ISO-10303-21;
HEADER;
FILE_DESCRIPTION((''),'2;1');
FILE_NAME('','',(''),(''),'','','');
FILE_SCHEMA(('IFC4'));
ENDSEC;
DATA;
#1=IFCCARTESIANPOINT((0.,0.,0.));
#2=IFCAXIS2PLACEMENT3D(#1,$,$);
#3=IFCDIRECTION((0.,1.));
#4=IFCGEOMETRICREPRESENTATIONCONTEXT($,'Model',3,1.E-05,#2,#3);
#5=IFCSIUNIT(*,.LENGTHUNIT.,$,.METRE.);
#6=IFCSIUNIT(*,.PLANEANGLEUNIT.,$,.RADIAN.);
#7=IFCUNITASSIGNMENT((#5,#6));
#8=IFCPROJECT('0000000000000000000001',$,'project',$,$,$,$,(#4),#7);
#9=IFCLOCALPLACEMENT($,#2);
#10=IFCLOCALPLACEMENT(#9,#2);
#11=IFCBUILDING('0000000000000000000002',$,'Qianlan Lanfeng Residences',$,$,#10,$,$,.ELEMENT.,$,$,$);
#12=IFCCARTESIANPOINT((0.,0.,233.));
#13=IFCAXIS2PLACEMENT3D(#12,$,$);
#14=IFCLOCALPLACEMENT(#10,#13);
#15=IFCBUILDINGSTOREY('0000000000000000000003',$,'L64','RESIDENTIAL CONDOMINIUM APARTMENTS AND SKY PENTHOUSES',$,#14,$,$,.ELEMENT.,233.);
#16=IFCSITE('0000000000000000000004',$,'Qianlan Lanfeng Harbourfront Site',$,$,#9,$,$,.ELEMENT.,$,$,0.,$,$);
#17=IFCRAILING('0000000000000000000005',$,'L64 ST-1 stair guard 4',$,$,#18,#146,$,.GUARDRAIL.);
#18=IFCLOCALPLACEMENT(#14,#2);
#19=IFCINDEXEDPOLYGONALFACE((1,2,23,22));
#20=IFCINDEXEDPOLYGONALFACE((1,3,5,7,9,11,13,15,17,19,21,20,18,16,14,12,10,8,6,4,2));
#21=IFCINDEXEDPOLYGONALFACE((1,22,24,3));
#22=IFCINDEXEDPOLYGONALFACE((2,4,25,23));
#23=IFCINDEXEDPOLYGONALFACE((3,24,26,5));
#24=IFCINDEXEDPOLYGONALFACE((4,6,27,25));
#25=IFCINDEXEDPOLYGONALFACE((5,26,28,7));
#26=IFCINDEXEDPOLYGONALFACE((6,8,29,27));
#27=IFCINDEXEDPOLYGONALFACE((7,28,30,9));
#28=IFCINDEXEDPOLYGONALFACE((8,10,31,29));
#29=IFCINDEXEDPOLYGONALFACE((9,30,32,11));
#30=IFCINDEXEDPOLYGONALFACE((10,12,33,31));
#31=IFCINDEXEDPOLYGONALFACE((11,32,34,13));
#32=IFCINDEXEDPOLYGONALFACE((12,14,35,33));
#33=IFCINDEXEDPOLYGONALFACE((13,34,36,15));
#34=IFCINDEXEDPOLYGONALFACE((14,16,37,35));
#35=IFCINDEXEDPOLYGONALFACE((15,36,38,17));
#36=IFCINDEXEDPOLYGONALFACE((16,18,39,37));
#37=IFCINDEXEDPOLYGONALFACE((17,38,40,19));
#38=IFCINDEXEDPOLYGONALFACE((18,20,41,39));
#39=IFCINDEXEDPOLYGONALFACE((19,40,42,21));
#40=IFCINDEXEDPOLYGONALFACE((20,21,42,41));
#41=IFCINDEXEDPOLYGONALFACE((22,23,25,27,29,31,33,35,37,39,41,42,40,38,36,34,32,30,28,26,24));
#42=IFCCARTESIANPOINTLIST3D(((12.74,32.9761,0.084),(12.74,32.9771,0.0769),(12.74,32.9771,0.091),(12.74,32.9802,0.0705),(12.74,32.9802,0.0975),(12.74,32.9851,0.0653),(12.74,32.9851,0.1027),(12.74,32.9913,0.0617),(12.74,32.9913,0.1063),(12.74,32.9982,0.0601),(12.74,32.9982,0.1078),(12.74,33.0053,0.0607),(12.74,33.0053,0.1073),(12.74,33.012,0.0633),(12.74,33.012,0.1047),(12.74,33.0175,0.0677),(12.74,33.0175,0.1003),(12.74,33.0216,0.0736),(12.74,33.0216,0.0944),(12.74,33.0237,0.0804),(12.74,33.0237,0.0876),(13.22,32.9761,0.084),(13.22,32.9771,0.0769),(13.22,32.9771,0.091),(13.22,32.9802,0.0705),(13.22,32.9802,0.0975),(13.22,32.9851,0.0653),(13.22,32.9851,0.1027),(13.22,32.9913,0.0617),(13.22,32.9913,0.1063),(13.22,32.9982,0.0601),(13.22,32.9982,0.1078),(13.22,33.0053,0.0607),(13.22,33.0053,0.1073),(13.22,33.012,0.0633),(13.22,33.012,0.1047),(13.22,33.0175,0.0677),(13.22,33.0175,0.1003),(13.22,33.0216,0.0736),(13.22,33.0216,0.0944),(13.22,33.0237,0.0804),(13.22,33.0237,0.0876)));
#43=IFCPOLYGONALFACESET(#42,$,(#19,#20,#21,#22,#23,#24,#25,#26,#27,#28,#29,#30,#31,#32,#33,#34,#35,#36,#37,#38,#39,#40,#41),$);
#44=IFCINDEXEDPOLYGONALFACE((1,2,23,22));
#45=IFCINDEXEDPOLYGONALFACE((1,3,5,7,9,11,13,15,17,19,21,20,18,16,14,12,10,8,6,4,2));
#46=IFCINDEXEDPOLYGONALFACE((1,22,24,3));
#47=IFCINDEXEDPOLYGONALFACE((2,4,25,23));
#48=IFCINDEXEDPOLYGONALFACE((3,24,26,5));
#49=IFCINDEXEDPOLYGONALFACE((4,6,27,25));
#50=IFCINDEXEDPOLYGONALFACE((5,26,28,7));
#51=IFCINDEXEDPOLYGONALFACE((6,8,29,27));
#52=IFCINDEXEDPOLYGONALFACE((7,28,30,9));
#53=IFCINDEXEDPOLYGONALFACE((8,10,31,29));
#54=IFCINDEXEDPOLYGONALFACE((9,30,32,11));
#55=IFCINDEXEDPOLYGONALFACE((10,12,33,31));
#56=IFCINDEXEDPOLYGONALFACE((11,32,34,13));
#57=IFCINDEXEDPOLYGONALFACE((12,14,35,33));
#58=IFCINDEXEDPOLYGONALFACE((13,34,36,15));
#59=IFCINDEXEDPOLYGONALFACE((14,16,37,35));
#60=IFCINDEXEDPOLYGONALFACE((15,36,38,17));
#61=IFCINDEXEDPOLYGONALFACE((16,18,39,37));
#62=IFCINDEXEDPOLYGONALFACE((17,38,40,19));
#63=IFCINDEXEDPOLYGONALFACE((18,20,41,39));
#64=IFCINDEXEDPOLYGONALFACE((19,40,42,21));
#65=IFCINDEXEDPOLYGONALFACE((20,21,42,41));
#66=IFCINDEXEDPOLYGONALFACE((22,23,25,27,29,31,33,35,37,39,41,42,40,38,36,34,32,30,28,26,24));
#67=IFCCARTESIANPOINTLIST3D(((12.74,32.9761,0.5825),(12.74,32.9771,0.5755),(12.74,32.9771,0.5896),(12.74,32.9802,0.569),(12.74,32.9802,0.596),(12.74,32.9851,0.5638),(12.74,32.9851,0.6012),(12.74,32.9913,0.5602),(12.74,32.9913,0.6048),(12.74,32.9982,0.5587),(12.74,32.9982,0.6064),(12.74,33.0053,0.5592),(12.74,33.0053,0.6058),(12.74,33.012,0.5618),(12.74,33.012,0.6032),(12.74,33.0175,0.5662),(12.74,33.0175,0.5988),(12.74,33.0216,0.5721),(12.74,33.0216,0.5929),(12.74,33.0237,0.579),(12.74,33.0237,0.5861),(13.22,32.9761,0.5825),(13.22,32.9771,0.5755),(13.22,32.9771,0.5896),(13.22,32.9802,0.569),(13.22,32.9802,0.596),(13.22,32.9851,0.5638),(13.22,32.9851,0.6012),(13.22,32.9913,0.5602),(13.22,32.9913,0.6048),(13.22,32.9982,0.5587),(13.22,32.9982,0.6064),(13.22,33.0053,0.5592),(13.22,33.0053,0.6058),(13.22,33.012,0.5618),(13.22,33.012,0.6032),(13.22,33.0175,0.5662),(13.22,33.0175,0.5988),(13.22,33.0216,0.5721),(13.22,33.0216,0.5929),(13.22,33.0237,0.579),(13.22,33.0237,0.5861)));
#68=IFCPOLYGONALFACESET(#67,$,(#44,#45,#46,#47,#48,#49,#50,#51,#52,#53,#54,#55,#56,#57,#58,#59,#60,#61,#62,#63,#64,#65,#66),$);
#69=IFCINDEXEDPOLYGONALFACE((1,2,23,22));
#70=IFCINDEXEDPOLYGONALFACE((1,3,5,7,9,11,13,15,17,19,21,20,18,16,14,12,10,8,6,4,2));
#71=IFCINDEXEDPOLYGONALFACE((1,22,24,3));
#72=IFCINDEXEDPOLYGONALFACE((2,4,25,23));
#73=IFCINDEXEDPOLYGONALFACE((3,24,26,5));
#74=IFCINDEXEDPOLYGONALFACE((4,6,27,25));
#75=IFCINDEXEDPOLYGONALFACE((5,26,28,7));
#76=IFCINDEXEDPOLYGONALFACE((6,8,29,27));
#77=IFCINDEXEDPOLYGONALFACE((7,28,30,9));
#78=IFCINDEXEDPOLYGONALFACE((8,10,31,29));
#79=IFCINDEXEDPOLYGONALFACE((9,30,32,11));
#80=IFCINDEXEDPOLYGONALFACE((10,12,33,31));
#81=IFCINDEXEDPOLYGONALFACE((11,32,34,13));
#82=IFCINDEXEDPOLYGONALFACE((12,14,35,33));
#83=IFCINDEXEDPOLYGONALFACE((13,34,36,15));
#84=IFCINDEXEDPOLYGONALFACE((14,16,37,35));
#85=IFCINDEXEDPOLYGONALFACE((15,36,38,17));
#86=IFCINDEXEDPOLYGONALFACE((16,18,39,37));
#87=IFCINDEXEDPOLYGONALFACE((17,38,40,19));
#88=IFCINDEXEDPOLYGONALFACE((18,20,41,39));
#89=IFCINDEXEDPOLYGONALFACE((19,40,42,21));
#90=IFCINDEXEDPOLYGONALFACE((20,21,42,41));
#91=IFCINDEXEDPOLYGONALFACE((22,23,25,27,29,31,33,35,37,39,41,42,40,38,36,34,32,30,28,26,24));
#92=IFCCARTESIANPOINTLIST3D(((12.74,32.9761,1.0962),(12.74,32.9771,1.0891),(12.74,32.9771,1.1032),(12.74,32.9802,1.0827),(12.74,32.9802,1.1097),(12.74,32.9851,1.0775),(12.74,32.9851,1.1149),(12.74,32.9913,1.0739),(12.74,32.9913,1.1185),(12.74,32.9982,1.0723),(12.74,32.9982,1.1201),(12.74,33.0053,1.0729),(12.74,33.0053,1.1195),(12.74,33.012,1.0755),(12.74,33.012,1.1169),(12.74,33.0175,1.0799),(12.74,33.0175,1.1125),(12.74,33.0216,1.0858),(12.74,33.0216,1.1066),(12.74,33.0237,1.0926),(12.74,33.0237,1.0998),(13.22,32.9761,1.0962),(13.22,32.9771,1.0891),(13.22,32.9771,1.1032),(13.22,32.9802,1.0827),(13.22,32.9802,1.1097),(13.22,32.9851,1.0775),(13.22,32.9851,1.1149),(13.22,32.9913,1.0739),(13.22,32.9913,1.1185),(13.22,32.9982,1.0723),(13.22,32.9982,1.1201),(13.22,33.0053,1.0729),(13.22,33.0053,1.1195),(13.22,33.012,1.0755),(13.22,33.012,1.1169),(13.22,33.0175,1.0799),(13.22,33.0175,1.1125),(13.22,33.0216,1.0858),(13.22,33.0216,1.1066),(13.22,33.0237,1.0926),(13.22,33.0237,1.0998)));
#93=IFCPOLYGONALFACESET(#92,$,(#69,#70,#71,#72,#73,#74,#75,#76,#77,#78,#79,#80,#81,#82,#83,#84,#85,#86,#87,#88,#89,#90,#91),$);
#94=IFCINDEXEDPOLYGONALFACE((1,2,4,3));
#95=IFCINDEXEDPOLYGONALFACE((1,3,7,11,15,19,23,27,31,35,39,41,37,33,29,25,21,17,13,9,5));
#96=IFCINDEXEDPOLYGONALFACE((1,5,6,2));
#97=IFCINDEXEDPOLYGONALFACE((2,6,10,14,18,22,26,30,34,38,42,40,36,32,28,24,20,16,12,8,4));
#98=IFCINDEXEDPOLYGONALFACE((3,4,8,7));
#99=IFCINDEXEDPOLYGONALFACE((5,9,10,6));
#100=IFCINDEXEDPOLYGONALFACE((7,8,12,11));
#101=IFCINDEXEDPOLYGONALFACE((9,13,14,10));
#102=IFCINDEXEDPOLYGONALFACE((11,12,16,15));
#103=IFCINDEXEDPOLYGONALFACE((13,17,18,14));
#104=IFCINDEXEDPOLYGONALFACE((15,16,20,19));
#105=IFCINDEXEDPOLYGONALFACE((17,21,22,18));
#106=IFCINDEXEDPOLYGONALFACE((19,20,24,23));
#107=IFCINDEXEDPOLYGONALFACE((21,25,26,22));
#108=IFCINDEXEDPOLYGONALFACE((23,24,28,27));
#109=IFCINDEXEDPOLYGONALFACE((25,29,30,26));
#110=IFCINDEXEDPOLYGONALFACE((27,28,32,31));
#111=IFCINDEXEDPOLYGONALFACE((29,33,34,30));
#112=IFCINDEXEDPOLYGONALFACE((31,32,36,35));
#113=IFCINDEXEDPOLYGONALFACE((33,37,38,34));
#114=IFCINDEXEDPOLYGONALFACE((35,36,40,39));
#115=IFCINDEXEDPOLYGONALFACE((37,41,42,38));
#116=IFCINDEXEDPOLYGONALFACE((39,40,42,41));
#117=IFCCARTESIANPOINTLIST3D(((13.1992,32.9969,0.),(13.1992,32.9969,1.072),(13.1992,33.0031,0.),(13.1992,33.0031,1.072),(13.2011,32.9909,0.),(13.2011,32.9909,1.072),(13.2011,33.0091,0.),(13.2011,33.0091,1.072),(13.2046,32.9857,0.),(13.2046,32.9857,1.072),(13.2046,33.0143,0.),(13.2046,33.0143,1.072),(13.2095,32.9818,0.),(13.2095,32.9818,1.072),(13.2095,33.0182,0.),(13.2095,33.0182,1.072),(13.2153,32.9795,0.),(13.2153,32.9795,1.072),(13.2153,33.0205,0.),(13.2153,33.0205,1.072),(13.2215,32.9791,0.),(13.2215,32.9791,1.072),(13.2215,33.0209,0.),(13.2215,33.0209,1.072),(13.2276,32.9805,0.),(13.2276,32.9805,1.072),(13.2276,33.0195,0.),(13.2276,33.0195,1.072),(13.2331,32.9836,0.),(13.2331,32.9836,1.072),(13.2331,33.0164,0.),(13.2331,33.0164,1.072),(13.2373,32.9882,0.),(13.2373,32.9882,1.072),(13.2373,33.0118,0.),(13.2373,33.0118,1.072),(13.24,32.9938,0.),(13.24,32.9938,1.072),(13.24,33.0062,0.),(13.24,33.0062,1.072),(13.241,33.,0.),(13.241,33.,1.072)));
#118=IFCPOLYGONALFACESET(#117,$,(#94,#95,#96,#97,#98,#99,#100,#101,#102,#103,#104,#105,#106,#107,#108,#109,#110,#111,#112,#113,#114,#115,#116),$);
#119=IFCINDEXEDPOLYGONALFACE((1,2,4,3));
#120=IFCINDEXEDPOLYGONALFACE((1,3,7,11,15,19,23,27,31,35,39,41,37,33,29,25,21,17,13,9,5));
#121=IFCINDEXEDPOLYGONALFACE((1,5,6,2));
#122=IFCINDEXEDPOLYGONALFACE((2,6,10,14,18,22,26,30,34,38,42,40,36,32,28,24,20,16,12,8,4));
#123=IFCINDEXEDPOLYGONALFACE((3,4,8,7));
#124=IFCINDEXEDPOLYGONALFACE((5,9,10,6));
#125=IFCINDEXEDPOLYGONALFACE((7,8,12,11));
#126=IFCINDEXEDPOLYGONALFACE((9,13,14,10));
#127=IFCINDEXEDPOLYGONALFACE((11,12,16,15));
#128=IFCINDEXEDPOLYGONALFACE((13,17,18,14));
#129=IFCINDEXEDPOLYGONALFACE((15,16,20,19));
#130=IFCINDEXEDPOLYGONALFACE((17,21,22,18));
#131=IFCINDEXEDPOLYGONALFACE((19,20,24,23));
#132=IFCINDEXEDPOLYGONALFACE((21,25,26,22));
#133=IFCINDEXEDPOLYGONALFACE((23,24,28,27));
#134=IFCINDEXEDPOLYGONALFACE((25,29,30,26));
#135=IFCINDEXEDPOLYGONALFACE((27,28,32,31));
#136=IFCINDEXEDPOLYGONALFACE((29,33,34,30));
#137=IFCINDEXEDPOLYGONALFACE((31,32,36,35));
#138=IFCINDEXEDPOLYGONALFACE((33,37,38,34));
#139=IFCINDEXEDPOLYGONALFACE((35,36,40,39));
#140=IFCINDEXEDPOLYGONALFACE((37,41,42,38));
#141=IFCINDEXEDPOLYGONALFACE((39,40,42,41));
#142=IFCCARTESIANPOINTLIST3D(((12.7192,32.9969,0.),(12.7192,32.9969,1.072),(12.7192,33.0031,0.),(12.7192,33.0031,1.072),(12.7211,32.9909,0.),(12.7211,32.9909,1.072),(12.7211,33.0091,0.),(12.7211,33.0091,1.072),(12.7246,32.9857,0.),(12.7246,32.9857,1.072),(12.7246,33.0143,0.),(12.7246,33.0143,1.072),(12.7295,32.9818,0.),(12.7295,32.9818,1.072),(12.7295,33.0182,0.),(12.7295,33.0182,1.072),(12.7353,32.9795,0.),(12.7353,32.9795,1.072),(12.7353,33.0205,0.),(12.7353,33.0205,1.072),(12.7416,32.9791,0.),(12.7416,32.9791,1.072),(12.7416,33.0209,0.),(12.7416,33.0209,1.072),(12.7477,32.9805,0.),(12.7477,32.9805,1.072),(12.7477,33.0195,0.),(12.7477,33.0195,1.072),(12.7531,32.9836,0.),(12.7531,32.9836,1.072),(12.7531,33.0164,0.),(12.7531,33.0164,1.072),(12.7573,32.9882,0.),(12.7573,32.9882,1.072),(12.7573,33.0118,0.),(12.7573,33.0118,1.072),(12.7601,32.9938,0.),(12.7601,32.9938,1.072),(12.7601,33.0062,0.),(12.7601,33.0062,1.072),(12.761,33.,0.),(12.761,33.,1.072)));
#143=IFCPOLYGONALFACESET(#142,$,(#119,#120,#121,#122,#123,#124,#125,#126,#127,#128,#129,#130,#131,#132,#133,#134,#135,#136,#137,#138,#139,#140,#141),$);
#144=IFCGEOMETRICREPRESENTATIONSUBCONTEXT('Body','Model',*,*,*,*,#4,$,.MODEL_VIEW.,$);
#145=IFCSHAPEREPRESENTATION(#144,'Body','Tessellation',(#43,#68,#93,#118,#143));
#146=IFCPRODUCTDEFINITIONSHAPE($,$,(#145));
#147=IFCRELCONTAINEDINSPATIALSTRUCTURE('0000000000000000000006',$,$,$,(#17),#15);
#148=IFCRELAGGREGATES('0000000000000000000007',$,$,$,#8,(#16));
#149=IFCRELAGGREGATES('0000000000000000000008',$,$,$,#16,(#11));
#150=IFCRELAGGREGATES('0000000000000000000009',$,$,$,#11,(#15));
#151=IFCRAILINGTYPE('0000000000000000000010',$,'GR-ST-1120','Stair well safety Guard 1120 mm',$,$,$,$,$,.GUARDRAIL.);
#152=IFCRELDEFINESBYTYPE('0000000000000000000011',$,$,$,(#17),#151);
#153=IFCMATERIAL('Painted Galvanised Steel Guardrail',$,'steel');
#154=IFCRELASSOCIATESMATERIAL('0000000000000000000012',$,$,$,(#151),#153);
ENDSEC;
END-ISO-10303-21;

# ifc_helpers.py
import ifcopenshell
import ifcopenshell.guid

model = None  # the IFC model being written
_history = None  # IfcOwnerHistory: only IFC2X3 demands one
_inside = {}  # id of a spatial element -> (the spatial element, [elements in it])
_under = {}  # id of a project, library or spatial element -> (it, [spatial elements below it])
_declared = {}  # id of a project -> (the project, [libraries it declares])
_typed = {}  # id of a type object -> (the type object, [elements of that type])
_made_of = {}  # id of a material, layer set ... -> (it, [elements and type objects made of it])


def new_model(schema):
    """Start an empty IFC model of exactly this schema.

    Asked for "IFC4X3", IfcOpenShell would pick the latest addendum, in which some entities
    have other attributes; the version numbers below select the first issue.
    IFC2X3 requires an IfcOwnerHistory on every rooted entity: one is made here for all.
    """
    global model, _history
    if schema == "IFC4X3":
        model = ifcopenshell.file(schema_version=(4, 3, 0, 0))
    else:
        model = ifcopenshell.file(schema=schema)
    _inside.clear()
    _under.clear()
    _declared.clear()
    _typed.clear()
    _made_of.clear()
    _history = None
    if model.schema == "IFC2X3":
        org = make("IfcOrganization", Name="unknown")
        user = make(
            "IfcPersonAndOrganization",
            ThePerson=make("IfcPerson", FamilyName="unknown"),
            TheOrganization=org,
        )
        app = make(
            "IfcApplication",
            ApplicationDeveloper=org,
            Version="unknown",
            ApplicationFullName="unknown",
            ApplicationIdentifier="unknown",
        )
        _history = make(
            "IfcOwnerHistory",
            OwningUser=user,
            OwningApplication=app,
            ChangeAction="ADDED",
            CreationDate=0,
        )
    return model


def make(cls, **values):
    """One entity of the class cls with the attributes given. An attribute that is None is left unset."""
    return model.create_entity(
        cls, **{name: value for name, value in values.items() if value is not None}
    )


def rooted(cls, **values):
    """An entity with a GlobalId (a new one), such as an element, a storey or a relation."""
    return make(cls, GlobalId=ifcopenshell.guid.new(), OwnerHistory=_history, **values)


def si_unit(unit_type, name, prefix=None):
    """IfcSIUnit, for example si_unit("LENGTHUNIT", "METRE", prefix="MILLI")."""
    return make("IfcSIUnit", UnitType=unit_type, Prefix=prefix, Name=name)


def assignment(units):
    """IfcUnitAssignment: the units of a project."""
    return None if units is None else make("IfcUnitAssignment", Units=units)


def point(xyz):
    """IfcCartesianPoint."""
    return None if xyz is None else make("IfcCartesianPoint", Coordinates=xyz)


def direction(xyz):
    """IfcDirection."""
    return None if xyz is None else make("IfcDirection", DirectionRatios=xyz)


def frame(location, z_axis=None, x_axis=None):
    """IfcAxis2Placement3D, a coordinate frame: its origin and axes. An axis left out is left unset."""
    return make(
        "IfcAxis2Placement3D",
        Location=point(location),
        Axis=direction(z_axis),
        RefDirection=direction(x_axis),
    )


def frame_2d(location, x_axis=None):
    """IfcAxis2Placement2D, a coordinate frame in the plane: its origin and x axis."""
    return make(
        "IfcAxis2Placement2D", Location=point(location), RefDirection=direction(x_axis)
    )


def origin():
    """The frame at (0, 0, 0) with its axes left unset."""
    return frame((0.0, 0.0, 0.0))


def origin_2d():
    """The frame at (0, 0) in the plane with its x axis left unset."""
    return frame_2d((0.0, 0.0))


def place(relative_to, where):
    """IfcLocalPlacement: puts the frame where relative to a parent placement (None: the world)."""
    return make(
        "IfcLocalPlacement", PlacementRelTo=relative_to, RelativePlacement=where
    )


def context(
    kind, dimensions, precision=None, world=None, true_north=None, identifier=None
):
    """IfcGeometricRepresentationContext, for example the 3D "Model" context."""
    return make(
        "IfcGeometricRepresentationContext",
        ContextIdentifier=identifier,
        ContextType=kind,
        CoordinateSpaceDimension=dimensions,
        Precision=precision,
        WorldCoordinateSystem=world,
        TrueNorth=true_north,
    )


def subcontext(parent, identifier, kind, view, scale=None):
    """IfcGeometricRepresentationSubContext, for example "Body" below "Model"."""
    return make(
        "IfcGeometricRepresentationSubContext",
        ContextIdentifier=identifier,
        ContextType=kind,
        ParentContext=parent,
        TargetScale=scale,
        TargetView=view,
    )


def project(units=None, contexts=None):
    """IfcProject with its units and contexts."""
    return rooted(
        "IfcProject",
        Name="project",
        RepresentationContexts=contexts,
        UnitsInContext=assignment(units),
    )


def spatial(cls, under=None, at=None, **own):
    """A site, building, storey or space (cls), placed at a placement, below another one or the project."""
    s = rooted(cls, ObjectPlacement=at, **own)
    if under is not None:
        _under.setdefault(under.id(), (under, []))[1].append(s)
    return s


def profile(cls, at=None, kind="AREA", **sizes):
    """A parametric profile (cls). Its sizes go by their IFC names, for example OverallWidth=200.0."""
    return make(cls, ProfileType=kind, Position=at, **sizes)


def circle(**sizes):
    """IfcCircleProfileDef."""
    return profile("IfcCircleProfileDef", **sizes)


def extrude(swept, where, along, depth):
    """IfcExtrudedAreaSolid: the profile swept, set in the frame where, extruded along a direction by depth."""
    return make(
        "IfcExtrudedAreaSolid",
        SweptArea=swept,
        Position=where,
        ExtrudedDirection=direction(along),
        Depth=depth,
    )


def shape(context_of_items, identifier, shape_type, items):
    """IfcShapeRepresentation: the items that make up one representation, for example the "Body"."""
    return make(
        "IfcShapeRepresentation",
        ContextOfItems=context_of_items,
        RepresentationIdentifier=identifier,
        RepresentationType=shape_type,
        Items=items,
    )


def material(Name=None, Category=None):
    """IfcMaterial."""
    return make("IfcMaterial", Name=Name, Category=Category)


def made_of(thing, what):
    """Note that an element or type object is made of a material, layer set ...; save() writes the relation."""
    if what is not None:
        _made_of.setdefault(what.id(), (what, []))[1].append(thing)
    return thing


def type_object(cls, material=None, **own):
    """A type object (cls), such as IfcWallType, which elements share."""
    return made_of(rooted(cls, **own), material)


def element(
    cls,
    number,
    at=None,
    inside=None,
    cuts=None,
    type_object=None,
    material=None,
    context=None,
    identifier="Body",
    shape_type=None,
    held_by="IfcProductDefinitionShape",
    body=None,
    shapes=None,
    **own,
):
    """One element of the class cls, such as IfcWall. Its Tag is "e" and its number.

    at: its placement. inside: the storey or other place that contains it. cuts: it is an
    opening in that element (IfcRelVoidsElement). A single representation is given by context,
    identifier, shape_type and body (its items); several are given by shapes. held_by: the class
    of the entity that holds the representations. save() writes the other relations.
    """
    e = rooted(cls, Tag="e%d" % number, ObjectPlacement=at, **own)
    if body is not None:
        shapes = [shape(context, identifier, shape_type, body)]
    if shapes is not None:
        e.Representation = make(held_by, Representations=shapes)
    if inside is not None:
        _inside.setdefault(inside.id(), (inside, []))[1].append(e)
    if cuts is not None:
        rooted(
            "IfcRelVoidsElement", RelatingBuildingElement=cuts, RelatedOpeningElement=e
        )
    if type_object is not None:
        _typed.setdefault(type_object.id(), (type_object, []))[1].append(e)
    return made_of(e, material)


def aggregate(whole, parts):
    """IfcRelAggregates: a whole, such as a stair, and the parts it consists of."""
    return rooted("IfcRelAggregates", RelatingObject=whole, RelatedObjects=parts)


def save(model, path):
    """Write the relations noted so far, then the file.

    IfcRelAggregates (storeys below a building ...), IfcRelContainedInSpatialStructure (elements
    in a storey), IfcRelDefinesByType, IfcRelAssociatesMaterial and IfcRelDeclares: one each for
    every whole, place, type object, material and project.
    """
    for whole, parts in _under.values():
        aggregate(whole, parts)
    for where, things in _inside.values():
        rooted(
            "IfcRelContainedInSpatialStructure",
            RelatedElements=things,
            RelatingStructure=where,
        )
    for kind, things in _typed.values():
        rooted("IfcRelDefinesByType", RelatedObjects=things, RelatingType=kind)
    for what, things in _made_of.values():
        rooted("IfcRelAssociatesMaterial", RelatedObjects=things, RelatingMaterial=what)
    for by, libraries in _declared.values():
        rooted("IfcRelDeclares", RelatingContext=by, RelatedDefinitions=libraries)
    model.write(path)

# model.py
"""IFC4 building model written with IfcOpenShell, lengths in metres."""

from ifc_helpers import new_model, si_unit, direction, frame, origin, origin_2d, place, context, subcontext, project, spatial, circle, extrude, material, type_object, element, save


model = new_model("IFC4")

# Units and contexts
model_context = context("Model", 3, precision=1e-05, world=origin(), true_north=direction((0.0, 1.0)))
body_context = subcontext(model_context, "Body", "Model", "MODEL_VIEW")
ifc_project = project(units=[si_unit("LENGTHUNIT", "METRE"), si_unit("PLANEANGLEUNIT", "RADIAN")], contexts=[model_context])

# Site, building, storey
site_placement = place(None, origin())
site = spatial("IfcSite", under=ifc_project, at=site_placement, Name="Qianlan Lanfeng Harbourfront Site", CompositionType="ELEMENT", RefElevation=0.0)
building_placement = place(site_placement, origin())
building = spatial("IfcBuilding", under=site, at=building_placement, Name="Qianlan Lanfeng Residences", CompositionType="ELEMENT")
storey_placement = place(building_placement, frame((0.0, 0.0, 233.0)))
storey = spatial("IfcBuildingStorey", under=building, at=storey_placement, Name="L64", Description="RESIDENTIAL CONDOMINIUM APARTMENTS AND SKY PENTHOUSES", CompositionType="ELEMENT", Elevation=233.0)

# Railing
ifc_material_1 = material(Name="Painted Galvanised Steel Guardrail", Category="steel")
railing_type_1 = type_object("IfcRailingType", Name="GR-ST-1120", Description="Stair well safety Guard 1120 mm", PredefinedType="GUARDRAIL", material=ifc_material_1)
for number, where, name in (
    (1, (13.22, 33.0, 0.0), "L64 ST-1 stair guard 4"),
):
    element("IfcRailing", number, at=place(storey_placement, frame(where)), inside=storey, type_object=railing_type_1, Name=name, PredefinedType="GUARDRAIL", context=body_context, shape_type="SweptSolid", body=[
        extrude(circle(Radius=0.0239, at=origin_2d()), frame((0.0, 0.0, 0.084), z_axis=(-1.0, 0.0, 0.0), x_axis=(0.0, -1.0, 0.0)), (0.0, 0.0, 1.0), 0.48),
        extrude(circle(Radius=0.0239, at=origin_2d()), frame((0.0, 0.0, 0.5825), z_axis=(-1.0, 0.0, 0.0), x_axis=(0.0, -1.0, 0.0)), (0.0, 0.0, 1.0), 0.48),
        extrude(circle(Radius=0.0239, at=origin_2d()), frame((0.0, 0.0, 1.0962), z_axis=(-1.0, 0.0, 0.0), x_axis=(0.0, -1.0, 0.0)), (0.0, 0.0, 1.0), 0.48),
        extrude(circle(Radius=0.021, at=origin_2d()), origin(), (0.0, 0.0, 1.0), 1.072),
        extrude(circle(Radius=0.021, at=origin_2d()), frame((-0.48, 0.0, 0.0)), (0.0, 0.0, 1.0), 1.072),
    ])

save(model, "model.ifc")
